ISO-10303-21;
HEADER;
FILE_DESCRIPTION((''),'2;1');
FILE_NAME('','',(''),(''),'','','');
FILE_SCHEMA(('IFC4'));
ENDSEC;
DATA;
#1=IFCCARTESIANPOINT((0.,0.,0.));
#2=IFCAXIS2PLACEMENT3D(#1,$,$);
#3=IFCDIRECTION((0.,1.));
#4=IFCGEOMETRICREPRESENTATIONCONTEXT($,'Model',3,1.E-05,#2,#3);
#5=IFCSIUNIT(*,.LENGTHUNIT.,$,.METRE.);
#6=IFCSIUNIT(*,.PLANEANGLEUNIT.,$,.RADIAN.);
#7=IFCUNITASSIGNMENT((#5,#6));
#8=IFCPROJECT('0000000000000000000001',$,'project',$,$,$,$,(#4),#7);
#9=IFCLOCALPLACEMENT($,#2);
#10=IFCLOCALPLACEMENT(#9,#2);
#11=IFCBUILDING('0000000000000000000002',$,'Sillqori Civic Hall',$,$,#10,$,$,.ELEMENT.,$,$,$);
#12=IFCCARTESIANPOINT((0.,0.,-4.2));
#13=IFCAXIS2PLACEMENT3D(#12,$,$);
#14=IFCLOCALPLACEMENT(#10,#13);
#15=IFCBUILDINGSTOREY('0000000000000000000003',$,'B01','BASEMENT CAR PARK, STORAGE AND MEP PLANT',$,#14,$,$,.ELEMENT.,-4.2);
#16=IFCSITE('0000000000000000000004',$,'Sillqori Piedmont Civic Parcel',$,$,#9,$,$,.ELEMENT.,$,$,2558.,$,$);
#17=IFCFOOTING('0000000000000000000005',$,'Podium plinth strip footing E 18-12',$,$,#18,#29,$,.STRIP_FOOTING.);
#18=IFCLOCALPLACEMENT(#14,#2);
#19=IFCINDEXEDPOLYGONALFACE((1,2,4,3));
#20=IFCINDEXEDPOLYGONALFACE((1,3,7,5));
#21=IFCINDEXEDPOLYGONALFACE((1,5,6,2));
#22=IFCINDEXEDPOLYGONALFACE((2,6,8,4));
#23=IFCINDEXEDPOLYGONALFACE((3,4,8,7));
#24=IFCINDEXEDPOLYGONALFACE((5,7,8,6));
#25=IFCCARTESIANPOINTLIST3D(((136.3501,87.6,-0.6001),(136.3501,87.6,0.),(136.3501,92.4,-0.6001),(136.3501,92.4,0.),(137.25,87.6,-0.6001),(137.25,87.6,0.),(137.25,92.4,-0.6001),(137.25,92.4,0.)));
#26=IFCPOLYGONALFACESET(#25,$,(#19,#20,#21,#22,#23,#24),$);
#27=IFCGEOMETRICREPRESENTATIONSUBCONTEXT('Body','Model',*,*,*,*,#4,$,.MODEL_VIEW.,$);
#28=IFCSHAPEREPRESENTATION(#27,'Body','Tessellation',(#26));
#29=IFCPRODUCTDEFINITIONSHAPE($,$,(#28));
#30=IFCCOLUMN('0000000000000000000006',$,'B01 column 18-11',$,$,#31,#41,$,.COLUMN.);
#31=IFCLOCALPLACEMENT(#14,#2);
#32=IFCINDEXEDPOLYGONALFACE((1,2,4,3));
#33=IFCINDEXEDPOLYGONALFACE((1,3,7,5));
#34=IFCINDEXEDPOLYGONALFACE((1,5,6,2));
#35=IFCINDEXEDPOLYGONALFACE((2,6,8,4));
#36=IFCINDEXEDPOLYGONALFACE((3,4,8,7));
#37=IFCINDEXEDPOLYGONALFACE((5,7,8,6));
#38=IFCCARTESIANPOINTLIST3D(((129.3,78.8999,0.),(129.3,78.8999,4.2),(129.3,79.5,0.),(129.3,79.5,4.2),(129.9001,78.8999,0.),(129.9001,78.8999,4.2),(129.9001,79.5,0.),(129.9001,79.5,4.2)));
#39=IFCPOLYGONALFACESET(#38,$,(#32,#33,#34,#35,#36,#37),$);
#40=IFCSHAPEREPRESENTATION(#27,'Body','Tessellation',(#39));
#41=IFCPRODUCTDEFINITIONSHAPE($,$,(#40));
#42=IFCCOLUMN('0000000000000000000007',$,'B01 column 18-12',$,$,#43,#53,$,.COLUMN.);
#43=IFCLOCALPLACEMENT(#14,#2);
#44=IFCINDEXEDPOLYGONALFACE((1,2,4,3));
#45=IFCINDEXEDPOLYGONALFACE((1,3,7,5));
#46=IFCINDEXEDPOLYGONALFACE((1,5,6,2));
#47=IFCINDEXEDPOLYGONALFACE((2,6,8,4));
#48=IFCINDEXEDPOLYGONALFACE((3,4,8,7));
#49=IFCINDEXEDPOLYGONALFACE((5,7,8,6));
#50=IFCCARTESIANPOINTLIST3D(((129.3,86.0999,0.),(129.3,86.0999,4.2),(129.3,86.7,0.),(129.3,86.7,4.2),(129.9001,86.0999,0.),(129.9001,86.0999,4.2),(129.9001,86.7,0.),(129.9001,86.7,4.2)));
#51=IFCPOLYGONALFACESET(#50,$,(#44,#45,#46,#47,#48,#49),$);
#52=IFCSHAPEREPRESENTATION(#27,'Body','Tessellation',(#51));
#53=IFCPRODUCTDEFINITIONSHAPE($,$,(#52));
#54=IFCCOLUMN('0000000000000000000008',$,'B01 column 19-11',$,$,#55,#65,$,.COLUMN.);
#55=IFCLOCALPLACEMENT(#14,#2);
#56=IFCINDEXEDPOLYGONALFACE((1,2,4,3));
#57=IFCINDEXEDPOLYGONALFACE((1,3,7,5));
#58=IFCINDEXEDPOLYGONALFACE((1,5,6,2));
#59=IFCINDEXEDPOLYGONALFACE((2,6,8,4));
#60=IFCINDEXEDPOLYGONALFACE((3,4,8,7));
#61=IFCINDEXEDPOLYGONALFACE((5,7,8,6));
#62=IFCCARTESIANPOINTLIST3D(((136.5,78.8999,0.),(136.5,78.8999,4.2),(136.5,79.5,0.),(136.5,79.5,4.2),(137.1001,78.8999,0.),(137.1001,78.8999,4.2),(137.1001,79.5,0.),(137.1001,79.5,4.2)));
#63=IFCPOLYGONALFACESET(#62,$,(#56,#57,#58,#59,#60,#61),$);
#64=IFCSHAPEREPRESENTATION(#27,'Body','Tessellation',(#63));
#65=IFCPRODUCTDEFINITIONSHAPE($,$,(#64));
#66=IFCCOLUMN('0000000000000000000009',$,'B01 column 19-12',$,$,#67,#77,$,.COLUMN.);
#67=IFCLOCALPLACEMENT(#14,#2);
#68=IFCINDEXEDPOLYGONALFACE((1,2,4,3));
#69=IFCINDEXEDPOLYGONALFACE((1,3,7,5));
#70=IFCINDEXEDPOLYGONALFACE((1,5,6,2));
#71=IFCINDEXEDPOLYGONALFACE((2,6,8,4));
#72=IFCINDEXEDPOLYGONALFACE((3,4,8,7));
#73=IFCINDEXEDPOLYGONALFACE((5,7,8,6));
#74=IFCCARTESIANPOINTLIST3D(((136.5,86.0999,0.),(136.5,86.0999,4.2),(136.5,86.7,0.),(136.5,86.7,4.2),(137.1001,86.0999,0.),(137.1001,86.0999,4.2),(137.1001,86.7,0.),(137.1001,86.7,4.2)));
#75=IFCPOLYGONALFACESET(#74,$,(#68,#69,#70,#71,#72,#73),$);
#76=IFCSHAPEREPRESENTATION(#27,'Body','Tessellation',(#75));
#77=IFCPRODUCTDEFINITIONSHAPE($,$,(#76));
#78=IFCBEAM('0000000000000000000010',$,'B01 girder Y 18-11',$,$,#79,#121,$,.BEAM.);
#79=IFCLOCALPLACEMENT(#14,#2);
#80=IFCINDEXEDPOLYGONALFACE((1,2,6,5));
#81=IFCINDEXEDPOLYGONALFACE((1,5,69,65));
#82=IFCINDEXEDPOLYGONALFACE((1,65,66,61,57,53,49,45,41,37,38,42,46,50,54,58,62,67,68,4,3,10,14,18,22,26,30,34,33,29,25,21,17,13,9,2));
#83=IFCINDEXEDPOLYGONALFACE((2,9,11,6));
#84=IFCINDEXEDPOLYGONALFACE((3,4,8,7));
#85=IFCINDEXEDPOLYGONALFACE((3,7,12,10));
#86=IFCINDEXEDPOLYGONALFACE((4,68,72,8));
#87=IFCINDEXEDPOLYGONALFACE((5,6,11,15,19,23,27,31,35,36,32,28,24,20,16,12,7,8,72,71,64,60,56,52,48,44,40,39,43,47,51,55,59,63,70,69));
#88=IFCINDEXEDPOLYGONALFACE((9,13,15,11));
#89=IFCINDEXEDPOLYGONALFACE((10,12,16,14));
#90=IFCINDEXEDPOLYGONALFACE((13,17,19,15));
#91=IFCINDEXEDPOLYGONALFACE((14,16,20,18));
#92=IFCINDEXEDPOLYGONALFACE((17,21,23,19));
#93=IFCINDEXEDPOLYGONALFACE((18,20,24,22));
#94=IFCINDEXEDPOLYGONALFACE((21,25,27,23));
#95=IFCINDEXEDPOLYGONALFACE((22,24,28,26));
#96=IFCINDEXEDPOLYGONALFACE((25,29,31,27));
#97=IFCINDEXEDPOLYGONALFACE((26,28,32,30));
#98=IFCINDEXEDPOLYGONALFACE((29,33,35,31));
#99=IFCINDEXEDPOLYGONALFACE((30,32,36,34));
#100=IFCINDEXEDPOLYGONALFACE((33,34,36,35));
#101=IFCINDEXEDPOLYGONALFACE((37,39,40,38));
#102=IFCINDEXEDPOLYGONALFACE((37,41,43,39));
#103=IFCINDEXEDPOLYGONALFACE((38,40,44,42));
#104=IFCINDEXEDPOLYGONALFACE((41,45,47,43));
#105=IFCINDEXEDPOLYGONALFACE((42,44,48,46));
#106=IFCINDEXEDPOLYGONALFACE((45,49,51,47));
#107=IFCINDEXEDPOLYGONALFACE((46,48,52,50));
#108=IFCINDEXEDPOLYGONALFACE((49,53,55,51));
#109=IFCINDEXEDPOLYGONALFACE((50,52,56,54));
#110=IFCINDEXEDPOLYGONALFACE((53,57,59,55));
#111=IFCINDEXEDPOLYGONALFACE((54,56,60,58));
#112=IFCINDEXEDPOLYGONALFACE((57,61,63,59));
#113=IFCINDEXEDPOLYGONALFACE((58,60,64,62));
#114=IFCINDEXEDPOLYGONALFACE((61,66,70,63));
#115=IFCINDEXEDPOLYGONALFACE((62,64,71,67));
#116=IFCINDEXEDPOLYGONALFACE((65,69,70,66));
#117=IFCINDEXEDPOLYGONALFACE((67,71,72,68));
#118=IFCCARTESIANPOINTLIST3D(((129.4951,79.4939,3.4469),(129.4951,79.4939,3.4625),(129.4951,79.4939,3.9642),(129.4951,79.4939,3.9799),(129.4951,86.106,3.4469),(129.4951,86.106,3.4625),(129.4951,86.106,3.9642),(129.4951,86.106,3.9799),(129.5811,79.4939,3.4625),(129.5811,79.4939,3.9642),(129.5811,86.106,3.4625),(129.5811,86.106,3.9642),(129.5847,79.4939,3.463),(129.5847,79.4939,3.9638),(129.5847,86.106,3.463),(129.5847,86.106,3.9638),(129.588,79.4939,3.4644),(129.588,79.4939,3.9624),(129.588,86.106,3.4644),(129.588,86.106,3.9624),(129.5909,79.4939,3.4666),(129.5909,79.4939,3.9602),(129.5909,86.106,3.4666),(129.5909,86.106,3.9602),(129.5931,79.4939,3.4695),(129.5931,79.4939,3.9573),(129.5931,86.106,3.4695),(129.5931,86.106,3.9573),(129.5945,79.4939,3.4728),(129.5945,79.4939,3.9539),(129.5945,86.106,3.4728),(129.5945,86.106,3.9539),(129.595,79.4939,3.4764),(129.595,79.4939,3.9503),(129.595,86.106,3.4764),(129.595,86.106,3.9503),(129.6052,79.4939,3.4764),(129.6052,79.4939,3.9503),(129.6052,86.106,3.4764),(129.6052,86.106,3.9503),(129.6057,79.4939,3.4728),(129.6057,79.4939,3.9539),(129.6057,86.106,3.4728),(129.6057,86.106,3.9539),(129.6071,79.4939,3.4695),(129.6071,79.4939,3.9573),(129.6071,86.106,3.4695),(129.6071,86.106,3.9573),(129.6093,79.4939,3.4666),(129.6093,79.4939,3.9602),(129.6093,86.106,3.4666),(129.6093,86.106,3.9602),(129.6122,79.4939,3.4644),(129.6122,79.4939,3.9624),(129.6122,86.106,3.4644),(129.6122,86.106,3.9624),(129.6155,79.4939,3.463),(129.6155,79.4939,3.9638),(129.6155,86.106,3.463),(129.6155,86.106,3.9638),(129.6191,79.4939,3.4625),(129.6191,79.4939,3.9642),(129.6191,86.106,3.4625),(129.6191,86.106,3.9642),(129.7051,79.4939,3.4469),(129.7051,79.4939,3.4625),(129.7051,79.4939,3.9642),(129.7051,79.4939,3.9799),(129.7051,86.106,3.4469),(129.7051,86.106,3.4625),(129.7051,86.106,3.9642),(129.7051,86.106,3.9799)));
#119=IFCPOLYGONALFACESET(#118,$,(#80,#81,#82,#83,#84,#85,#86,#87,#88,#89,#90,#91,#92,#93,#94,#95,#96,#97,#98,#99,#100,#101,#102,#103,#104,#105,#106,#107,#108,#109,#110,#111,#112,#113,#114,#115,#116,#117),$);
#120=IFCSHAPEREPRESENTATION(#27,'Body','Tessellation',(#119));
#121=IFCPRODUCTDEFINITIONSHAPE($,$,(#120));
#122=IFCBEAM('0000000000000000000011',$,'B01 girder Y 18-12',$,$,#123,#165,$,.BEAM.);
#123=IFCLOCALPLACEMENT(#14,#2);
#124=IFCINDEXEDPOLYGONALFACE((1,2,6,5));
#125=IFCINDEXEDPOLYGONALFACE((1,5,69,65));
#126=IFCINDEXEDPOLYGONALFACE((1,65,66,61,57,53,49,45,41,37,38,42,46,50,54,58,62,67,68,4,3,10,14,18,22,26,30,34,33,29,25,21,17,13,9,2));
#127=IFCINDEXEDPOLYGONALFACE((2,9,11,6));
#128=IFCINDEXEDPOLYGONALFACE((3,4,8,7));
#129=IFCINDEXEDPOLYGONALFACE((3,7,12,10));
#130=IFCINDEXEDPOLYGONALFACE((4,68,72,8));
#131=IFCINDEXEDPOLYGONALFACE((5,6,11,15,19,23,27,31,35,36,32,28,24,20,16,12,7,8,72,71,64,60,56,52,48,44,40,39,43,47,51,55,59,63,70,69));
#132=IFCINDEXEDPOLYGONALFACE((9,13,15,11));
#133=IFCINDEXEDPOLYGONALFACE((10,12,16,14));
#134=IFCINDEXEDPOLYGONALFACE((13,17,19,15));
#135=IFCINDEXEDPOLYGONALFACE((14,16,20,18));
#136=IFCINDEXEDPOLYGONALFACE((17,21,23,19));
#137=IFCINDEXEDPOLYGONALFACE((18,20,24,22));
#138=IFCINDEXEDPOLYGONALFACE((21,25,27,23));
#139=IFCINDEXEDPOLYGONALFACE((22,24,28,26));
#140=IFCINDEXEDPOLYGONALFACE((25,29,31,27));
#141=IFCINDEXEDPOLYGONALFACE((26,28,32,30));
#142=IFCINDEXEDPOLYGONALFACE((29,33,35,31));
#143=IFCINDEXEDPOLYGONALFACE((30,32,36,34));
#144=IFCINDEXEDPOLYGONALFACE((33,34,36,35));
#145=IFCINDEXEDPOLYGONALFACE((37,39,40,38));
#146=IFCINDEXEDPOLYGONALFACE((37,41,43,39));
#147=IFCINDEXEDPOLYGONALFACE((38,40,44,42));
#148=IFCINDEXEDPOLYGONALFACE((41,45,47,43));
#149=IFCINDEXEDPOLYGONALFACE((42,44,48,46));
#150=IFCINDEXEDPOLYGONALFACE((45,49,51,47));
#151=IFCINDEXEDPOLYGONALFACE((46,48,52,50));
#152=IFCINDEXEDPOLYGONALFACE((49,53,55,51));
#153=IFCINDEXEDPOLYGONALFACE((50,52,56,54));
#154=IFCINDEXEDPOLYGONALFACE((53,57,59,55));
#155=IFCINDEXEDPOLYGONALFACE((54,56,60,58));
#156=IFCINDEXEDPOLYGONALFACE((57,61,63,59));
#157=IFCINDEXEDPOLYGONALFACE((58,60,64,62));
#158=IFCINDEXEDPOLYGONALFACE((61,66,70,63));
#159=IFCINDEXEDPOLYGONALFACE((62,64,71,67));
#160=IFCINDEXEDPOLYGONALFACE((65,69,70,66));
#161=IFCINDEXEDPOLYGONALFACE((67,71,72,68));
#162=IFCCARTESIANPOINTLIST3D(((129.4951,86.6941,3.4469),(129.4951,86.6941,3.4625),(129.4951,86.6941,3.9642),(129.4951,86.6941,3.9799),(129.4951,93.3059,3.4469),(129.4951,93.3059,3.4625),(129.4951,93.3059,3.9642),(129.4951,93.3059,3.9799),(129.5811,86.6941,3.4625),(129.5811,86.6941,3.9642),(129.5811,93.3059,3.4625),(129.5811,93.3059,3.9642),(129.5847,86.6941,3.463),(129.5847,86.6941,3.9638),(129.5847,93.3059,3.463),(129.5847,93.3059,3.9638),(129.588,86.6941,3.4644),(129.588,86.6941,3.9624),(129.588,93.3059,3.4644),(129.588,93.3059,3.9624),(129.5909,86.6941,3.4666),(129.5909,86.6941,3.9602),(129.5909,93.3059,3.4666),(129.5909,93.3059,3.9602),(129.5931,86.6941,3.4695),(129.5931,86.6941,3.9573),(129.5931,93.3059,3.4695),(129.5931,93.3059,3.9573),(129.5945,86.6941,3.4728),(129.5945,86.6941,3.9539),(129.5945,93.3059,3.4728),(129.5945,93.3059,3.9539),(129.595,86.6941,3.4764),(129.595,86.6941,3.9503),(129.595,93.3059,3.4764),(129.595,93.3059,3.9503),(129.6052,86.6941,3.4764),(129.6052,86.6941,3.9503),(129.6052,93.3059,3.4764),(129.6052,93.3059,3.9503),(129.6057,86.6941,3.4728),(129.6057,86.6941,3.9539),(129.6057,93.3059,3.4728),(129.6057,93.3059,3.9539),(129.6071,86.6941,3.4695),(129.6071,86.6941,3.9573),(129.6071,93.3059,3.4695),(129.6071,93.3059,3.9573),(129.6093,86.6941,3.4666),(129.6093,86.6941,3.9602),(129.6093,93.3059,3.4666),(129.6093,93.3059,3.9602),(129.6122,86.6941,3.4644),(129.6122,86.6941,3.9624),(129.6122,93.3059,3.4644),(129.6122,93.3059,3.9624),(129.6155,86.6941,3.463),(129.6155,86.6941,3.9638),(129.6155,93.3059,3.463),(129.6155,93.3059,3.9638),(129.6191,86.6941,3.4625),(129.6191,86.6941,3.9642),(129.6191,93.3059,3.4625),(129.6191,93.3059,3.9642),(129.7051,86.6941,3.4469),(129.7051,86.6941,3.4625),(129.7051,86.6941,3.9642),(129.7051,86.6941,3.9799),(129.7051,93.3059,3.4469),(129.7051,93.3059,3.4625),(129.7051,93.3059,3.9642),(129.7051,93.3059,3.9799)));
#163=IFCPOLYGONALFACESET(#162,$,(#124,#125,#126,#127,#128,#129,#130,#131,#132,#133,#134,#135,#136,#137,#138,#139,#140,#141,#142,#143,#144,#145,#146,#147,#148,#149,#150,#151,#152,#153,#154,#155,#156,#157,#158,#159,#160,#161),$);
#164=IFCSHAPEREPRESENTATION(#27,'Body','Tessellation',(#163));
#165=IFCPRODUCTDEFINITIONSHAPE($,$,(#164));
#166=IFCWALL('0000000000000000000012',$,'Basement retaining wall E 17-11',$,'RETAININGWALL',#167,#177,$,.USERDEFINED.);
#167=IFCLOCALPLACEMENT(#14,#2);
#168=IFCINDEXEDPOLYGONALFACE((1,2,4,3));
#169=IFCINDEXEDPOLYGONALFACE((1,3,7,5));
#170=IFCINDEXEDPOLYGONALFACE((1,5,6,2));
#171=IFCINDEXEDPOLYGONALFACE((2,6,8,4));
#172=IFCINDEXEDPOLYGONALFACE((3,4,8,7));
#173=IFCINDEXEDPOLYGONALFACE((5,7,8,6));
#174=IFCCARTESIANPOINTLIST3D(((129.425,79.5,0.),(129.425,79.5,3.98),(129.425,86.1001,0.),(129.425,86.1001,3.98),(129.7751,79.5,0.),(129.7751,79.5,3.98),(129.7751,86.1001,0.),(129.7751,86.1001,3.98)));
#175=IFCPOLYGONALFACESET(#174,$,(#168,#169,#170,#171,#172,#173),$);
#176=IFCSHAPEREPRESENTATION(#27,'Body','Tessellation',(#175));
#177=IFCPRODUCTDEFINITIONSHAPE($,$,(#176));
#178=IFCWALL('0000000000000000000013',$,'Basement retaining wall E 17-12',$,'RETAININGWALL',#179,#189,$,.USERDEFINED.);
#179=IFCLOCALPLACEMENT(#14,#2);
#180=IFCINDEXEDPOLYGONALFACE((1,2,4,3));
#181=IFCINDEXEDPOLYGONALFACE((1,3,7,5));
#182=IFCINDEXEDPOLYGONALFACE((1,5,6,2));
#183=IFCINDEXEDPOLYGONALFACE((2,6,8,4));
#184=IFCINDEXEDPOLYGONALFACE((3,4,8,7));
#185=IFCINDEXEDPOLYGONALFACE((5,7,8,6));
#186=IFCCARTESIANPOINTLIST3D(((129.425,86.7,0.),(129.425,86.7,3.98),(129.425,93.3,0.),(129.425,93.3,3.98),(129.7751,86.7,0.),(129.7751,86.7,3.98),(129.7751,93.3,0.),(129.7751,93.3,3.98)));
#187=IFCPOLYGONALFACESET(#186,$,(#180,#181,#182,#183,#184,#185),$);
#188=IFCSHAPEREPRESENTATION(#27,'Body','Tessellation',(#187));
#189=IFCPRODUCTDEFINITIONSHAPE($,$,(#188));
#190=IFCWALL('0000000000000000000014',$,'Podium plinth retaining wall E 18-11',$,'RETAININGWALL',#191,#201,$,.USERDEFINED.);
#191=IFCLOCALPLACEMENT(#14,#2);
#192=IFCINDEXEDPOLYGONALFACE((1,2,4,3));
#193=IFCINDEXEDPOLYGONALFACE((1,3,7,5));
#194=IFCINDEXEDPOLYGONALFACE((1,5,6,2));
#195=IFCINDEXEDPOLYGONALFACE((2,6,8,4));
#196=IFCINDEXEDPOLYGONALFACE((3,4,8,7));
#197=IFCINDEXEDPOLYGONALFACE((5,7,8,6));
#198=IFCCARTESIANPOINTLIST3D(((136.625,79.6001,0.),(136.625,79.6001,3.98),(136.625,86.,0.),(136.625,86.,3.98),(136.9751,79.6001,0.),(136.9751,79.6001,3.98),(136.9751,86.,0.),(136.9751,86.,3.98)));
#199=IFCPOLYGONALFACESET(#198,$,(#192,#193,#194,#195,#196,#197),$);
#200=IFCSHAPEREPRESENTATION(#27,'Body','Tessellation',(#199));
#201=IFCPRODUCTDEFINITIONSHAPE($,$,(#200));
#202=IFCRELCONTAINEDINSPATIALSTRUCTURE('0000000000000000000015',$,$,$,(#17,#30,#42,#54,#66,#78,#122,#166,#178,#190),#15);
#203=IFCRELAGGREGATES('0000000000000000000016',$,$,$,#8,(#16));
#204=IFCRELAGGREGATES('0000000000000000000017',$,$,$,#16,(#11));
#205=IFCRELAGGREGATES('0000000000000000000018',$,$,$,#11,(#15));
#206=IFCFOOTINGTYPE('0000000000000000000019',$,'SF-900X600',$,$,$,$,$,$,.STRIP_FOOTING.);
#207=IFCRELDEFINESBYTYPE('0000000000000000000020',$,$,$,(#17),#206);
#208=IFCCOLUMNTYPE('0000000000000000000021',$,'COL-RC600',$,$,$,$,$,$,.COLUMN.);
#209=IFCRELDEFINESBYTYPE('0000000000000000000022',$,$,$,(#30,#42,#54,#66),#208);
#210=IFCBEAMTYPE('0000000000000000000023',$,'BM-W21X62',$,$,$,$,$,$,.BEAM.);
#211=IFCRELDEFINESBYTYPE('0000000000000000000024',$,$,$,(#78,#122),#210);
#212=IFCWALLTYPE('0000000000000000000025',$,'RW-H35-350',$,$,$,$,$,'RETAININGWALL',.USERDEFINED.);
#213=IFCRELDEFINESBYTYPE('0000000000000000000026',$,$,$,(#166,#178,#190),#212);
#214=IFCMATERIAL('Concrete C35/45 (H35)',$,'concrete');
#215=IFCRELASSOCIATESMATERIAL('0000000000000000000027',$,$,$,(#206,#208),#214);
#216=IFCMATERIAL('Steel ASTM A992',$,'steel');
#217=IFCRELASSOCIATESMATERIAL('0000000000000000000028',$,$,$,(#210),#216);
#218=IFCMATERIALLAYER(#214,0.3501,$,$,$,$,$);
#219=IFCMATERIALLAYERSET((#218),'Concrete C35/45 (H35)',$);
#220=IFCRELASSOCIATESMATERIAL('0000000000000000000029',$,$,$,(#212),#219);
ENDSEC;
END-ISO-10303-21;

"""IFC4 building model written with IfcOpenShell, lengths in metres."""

from ifc_helpers import new_model, si_unit, direction, frame, frame_2d, origin, origin_2d, place, context, subcontext, project, spatial, rectangle, i_section, extrude, material, layer, layer_set, material_profile, profile_set, type_object, element, save


model = new_model("IFC4")

# Units and contexts
model_context = context("Model", 3, precision=1e-05, world=origin(), true_north=direction((0.0, 1.0)))
body_context = subcontext(model_context, "Body", "Model", "MODEL_VIEW")
ifc_project = project(units=[si_unit("LENGTHUNIT", "METRE"), si_unit("PLANEANGLEUNIT", "RADIAN")], contexts=[model_context])

# Site, building, storey
site_placement = place(None, origin())
site = spatial("IfcSite", under=ifc_project, at=site_placement, Name="Sillqori Piedmont Civic Parcel", CompositionType="ELEMENT", RefElevation=2558.0)
building_placement = place(site_placement, origin())
building = spatial("IfcBuilding", under=site, at=building_placement, Name="Sillqori Civic Hall", CompositionType="ELEMENT")
storey_placement = place(building_placement, frame((0.0, 0.0, -4.2)))
storey = spatial("IfcBuildingStorey", under=building, at=storey_placement, Name="B01", Description="BASEMENT CAR PARK, STORAGE AND MEP PLANT", CompositionType="ELEMENT", Elevation=-4.2)

# Shared definitions
ifc_material_1 = material(Name="Concrete C35/45 (H35)", Category="concrete")

# Footing
footing_type_1 = type_object("IfcFootingType", Name="SF-900X600", PredefinedType="STRIP_FOOTING", material=ifc_material_1)
footing_1_placement = place(storey_placement, frame((136.8, 90.0, -0.6001), z_axis=(0.0, 0.0, 1.0), x_axis=(1.0, 0.0, 0.0)))
element("IfcFooting", 1, at=footing_1_placement, inside=storey, type_object=footing_type_1, Name="Podium plinth strip footing E 18-12", PredefinedType="STRIP_FOOTING", context=body_context, shape_type="SweptSolid", body=[
    extrude(rectangle(XDim=0.8999, YDim=4.8, at=origin_2d()), origin(), (0.0, 0.0, 1.0), 0.6001),
])

# Columns
ifc_material_profile_1 = material_profile(ifc_material_1, rectangle(XDim=0.6001, YDim=0.6001, at=origin_2d()), Name="RC 600x600")
ifc_profile_set_1 = profile_set([ifc_material_profile_1], Name="Concrete C35/45 (H35)")
column_type = type_object("IfcColumnType", Name="COL-RC600", PredefinedType="COLUMN", material=ifc_profile_set_1)
for number, where, z_axis, x_axis, name in (
    (2, (129.6001, 79.2, 0.0), (0.0, 0.0, 1.0), (1.0, 0.0, 0.0), "B01 column 18-11"),
    (3, (129.6001, 86.3999, 0.0), (0.0, 0.0, 1.0), (1.0, 0.0, 0.0), "B01 column 18-12"),
    (4, (136.8, 79.2, 0.0), (0.0, 0.0, 1.0), (1.0, 0.0, 0.0), "B01 column 19-11"),
    (5, (136.8, 86.3999, 0.0), (0.0, 0.0, 1.0), (1.0, 0.0, 0.0), "B01 column 19-12"),
):
    element("IfcColumn", number, at=place(storey_placement, frame(where, z_axis=z_axis, x_axis=x_axis)), inside=storey, type_object=column_type, Name=name, PredefinedType="COLUMN", context=body_context, shape_type="SweptSolid", body=[
        extrude(rectangle(XDim=0.6001, YDim=0.6001, at=origin_2d()), origin(), (0.0, 0.0, 1.0), 4.2),
    ])

# Beams
ifc_material_2 = material(Name="Steel ASTM A992", Category="steel")
ifc_material_profile_2 = material_profile(ifc_material_2, i_section(OverallWidth=0.21, OverallDepth=0.533, WebThickness=0.0103, FlangeThickness=0.0156, FilletRadius=0.0139, at=origin_2d()), Name="W21X62")
ifc_profile_set_2 = profile_set([ifc_material_profile_2], Name="Steel ASTM A992")
beam_type = type_object("IfcBeamType", Name="BM-W21X62", PredefinedType="BEAM", material=ifc_profile_set_2)
beam_1_placement = place(storey_placement, frame((129.6001, 79.4939, 3.7134), z_axis=(0.0, 1.0, 0.0), x_axis=(-1.0, 0.0, 0.0)))
element("IfcBeam", 6, at=beam_1_placement, inside=storey, type_object=beam_type, Name="B01 girder Y 18-11", PredefinedType="BEAM", context=body_context, shape_type="SweptSolid", body=[
    extrude(i_section(OverallWidth=0.21, OverallDepth=0.533, WebThickness=0.0103, FlangeThickness=0.0156, FilletRadius=0.0139, at=origin_2d()), origin(), (0.0, 0.0, 1.0), 6.6121),
])
beam_2_placement = place(storey_placement, frame((129.6001, 86.6941, 3.7134), z_axis=(0.0, 1.0, 0.0), x_axis=(-1.0, 0.0, 0.0)))
element("IfcBeam", 7, at=beam_2_placement, inside=storey, type_object=beam_type, Name="B01 girder Y 18-12", PredefinedType="BEAM", context=body_context, shape_type="SweptSolid", body=[
    extrude(i_section(OverallWidth=0.21, OverallDepth=0.533, WebThickness=0.0103, FlangeThickness=0.0156, FilletRadius=0.0139, at=origin_2d()), origin(), (0.0, 0.0, 1.0), 6.6118),
])

# Walls
ifc_layer = layer(ifc_material_1, 0.3501)
ifc_layer_set = layer_set([ifc_layer], Name="Concrete C35/45 (H35)")
wall_type = type_object("IfcWallType", Name="RW-H35-350", ElementType="RETAININGWALL", PredefinedType="USERDEFINED", material=ifc_layer_set)
for number, where, z_axis, x_axis, name in (
    (8, (129.6001, 79.5, 0.0), (0.0, 0.0, 1.0), (0.0, 1.0, 0.0), "Basement retaining wall E 17-11"),
    (9, (129.6001, 86.7, 0.0), (0.0, 0.0, 1.0), (0.0, 1.0, 0.0), "Basement retaining wall E 17-12"),
):
    element("IfcWall", number, at=place(storey_placement, frame(where, z_axis=z_axis, x_axis=x_axis)), inside=storey, type_object=wall_type, Name=name, ObjectType="RETAININGWALL", PredefinedType="USERDEFINED", context=body_context, shape_type="SweptSolid", body=[
        extrude(rectangle(XDim=6.6001, YDim=0.3501, at=frame_2d((3.3, 0.0))), origin(), (0.0, 0.0, 1.0), 3.98),
    ])
for number, where, z_axis, x_axis, name in (
    (10, (136.8, 79.6001, 0.0), (0.0, 0.0, 1.0), (0.0, 1.0, 0.0), "Podium plinth retaining wall E 18-11"),
):
    element("IfcWall", number, at=place(storey_placement, frame(where, z_axis=z_axis, x_axis=x_axis)), inside=storey, type_object=wall_type, Name=name, ObjectType="RETAININGWALL", PredefinedType="USERDEFINED", context=body_context, shape_type="SweptSolid", body=[
        extrude(rectangle(XDim=6.3999, YDim=0.3501, at=frame_2d((3.2, 0.0))), origin(), (0.0, 0.0, 1.0), 3.98),
    ])

save(model, "model.ifc")
